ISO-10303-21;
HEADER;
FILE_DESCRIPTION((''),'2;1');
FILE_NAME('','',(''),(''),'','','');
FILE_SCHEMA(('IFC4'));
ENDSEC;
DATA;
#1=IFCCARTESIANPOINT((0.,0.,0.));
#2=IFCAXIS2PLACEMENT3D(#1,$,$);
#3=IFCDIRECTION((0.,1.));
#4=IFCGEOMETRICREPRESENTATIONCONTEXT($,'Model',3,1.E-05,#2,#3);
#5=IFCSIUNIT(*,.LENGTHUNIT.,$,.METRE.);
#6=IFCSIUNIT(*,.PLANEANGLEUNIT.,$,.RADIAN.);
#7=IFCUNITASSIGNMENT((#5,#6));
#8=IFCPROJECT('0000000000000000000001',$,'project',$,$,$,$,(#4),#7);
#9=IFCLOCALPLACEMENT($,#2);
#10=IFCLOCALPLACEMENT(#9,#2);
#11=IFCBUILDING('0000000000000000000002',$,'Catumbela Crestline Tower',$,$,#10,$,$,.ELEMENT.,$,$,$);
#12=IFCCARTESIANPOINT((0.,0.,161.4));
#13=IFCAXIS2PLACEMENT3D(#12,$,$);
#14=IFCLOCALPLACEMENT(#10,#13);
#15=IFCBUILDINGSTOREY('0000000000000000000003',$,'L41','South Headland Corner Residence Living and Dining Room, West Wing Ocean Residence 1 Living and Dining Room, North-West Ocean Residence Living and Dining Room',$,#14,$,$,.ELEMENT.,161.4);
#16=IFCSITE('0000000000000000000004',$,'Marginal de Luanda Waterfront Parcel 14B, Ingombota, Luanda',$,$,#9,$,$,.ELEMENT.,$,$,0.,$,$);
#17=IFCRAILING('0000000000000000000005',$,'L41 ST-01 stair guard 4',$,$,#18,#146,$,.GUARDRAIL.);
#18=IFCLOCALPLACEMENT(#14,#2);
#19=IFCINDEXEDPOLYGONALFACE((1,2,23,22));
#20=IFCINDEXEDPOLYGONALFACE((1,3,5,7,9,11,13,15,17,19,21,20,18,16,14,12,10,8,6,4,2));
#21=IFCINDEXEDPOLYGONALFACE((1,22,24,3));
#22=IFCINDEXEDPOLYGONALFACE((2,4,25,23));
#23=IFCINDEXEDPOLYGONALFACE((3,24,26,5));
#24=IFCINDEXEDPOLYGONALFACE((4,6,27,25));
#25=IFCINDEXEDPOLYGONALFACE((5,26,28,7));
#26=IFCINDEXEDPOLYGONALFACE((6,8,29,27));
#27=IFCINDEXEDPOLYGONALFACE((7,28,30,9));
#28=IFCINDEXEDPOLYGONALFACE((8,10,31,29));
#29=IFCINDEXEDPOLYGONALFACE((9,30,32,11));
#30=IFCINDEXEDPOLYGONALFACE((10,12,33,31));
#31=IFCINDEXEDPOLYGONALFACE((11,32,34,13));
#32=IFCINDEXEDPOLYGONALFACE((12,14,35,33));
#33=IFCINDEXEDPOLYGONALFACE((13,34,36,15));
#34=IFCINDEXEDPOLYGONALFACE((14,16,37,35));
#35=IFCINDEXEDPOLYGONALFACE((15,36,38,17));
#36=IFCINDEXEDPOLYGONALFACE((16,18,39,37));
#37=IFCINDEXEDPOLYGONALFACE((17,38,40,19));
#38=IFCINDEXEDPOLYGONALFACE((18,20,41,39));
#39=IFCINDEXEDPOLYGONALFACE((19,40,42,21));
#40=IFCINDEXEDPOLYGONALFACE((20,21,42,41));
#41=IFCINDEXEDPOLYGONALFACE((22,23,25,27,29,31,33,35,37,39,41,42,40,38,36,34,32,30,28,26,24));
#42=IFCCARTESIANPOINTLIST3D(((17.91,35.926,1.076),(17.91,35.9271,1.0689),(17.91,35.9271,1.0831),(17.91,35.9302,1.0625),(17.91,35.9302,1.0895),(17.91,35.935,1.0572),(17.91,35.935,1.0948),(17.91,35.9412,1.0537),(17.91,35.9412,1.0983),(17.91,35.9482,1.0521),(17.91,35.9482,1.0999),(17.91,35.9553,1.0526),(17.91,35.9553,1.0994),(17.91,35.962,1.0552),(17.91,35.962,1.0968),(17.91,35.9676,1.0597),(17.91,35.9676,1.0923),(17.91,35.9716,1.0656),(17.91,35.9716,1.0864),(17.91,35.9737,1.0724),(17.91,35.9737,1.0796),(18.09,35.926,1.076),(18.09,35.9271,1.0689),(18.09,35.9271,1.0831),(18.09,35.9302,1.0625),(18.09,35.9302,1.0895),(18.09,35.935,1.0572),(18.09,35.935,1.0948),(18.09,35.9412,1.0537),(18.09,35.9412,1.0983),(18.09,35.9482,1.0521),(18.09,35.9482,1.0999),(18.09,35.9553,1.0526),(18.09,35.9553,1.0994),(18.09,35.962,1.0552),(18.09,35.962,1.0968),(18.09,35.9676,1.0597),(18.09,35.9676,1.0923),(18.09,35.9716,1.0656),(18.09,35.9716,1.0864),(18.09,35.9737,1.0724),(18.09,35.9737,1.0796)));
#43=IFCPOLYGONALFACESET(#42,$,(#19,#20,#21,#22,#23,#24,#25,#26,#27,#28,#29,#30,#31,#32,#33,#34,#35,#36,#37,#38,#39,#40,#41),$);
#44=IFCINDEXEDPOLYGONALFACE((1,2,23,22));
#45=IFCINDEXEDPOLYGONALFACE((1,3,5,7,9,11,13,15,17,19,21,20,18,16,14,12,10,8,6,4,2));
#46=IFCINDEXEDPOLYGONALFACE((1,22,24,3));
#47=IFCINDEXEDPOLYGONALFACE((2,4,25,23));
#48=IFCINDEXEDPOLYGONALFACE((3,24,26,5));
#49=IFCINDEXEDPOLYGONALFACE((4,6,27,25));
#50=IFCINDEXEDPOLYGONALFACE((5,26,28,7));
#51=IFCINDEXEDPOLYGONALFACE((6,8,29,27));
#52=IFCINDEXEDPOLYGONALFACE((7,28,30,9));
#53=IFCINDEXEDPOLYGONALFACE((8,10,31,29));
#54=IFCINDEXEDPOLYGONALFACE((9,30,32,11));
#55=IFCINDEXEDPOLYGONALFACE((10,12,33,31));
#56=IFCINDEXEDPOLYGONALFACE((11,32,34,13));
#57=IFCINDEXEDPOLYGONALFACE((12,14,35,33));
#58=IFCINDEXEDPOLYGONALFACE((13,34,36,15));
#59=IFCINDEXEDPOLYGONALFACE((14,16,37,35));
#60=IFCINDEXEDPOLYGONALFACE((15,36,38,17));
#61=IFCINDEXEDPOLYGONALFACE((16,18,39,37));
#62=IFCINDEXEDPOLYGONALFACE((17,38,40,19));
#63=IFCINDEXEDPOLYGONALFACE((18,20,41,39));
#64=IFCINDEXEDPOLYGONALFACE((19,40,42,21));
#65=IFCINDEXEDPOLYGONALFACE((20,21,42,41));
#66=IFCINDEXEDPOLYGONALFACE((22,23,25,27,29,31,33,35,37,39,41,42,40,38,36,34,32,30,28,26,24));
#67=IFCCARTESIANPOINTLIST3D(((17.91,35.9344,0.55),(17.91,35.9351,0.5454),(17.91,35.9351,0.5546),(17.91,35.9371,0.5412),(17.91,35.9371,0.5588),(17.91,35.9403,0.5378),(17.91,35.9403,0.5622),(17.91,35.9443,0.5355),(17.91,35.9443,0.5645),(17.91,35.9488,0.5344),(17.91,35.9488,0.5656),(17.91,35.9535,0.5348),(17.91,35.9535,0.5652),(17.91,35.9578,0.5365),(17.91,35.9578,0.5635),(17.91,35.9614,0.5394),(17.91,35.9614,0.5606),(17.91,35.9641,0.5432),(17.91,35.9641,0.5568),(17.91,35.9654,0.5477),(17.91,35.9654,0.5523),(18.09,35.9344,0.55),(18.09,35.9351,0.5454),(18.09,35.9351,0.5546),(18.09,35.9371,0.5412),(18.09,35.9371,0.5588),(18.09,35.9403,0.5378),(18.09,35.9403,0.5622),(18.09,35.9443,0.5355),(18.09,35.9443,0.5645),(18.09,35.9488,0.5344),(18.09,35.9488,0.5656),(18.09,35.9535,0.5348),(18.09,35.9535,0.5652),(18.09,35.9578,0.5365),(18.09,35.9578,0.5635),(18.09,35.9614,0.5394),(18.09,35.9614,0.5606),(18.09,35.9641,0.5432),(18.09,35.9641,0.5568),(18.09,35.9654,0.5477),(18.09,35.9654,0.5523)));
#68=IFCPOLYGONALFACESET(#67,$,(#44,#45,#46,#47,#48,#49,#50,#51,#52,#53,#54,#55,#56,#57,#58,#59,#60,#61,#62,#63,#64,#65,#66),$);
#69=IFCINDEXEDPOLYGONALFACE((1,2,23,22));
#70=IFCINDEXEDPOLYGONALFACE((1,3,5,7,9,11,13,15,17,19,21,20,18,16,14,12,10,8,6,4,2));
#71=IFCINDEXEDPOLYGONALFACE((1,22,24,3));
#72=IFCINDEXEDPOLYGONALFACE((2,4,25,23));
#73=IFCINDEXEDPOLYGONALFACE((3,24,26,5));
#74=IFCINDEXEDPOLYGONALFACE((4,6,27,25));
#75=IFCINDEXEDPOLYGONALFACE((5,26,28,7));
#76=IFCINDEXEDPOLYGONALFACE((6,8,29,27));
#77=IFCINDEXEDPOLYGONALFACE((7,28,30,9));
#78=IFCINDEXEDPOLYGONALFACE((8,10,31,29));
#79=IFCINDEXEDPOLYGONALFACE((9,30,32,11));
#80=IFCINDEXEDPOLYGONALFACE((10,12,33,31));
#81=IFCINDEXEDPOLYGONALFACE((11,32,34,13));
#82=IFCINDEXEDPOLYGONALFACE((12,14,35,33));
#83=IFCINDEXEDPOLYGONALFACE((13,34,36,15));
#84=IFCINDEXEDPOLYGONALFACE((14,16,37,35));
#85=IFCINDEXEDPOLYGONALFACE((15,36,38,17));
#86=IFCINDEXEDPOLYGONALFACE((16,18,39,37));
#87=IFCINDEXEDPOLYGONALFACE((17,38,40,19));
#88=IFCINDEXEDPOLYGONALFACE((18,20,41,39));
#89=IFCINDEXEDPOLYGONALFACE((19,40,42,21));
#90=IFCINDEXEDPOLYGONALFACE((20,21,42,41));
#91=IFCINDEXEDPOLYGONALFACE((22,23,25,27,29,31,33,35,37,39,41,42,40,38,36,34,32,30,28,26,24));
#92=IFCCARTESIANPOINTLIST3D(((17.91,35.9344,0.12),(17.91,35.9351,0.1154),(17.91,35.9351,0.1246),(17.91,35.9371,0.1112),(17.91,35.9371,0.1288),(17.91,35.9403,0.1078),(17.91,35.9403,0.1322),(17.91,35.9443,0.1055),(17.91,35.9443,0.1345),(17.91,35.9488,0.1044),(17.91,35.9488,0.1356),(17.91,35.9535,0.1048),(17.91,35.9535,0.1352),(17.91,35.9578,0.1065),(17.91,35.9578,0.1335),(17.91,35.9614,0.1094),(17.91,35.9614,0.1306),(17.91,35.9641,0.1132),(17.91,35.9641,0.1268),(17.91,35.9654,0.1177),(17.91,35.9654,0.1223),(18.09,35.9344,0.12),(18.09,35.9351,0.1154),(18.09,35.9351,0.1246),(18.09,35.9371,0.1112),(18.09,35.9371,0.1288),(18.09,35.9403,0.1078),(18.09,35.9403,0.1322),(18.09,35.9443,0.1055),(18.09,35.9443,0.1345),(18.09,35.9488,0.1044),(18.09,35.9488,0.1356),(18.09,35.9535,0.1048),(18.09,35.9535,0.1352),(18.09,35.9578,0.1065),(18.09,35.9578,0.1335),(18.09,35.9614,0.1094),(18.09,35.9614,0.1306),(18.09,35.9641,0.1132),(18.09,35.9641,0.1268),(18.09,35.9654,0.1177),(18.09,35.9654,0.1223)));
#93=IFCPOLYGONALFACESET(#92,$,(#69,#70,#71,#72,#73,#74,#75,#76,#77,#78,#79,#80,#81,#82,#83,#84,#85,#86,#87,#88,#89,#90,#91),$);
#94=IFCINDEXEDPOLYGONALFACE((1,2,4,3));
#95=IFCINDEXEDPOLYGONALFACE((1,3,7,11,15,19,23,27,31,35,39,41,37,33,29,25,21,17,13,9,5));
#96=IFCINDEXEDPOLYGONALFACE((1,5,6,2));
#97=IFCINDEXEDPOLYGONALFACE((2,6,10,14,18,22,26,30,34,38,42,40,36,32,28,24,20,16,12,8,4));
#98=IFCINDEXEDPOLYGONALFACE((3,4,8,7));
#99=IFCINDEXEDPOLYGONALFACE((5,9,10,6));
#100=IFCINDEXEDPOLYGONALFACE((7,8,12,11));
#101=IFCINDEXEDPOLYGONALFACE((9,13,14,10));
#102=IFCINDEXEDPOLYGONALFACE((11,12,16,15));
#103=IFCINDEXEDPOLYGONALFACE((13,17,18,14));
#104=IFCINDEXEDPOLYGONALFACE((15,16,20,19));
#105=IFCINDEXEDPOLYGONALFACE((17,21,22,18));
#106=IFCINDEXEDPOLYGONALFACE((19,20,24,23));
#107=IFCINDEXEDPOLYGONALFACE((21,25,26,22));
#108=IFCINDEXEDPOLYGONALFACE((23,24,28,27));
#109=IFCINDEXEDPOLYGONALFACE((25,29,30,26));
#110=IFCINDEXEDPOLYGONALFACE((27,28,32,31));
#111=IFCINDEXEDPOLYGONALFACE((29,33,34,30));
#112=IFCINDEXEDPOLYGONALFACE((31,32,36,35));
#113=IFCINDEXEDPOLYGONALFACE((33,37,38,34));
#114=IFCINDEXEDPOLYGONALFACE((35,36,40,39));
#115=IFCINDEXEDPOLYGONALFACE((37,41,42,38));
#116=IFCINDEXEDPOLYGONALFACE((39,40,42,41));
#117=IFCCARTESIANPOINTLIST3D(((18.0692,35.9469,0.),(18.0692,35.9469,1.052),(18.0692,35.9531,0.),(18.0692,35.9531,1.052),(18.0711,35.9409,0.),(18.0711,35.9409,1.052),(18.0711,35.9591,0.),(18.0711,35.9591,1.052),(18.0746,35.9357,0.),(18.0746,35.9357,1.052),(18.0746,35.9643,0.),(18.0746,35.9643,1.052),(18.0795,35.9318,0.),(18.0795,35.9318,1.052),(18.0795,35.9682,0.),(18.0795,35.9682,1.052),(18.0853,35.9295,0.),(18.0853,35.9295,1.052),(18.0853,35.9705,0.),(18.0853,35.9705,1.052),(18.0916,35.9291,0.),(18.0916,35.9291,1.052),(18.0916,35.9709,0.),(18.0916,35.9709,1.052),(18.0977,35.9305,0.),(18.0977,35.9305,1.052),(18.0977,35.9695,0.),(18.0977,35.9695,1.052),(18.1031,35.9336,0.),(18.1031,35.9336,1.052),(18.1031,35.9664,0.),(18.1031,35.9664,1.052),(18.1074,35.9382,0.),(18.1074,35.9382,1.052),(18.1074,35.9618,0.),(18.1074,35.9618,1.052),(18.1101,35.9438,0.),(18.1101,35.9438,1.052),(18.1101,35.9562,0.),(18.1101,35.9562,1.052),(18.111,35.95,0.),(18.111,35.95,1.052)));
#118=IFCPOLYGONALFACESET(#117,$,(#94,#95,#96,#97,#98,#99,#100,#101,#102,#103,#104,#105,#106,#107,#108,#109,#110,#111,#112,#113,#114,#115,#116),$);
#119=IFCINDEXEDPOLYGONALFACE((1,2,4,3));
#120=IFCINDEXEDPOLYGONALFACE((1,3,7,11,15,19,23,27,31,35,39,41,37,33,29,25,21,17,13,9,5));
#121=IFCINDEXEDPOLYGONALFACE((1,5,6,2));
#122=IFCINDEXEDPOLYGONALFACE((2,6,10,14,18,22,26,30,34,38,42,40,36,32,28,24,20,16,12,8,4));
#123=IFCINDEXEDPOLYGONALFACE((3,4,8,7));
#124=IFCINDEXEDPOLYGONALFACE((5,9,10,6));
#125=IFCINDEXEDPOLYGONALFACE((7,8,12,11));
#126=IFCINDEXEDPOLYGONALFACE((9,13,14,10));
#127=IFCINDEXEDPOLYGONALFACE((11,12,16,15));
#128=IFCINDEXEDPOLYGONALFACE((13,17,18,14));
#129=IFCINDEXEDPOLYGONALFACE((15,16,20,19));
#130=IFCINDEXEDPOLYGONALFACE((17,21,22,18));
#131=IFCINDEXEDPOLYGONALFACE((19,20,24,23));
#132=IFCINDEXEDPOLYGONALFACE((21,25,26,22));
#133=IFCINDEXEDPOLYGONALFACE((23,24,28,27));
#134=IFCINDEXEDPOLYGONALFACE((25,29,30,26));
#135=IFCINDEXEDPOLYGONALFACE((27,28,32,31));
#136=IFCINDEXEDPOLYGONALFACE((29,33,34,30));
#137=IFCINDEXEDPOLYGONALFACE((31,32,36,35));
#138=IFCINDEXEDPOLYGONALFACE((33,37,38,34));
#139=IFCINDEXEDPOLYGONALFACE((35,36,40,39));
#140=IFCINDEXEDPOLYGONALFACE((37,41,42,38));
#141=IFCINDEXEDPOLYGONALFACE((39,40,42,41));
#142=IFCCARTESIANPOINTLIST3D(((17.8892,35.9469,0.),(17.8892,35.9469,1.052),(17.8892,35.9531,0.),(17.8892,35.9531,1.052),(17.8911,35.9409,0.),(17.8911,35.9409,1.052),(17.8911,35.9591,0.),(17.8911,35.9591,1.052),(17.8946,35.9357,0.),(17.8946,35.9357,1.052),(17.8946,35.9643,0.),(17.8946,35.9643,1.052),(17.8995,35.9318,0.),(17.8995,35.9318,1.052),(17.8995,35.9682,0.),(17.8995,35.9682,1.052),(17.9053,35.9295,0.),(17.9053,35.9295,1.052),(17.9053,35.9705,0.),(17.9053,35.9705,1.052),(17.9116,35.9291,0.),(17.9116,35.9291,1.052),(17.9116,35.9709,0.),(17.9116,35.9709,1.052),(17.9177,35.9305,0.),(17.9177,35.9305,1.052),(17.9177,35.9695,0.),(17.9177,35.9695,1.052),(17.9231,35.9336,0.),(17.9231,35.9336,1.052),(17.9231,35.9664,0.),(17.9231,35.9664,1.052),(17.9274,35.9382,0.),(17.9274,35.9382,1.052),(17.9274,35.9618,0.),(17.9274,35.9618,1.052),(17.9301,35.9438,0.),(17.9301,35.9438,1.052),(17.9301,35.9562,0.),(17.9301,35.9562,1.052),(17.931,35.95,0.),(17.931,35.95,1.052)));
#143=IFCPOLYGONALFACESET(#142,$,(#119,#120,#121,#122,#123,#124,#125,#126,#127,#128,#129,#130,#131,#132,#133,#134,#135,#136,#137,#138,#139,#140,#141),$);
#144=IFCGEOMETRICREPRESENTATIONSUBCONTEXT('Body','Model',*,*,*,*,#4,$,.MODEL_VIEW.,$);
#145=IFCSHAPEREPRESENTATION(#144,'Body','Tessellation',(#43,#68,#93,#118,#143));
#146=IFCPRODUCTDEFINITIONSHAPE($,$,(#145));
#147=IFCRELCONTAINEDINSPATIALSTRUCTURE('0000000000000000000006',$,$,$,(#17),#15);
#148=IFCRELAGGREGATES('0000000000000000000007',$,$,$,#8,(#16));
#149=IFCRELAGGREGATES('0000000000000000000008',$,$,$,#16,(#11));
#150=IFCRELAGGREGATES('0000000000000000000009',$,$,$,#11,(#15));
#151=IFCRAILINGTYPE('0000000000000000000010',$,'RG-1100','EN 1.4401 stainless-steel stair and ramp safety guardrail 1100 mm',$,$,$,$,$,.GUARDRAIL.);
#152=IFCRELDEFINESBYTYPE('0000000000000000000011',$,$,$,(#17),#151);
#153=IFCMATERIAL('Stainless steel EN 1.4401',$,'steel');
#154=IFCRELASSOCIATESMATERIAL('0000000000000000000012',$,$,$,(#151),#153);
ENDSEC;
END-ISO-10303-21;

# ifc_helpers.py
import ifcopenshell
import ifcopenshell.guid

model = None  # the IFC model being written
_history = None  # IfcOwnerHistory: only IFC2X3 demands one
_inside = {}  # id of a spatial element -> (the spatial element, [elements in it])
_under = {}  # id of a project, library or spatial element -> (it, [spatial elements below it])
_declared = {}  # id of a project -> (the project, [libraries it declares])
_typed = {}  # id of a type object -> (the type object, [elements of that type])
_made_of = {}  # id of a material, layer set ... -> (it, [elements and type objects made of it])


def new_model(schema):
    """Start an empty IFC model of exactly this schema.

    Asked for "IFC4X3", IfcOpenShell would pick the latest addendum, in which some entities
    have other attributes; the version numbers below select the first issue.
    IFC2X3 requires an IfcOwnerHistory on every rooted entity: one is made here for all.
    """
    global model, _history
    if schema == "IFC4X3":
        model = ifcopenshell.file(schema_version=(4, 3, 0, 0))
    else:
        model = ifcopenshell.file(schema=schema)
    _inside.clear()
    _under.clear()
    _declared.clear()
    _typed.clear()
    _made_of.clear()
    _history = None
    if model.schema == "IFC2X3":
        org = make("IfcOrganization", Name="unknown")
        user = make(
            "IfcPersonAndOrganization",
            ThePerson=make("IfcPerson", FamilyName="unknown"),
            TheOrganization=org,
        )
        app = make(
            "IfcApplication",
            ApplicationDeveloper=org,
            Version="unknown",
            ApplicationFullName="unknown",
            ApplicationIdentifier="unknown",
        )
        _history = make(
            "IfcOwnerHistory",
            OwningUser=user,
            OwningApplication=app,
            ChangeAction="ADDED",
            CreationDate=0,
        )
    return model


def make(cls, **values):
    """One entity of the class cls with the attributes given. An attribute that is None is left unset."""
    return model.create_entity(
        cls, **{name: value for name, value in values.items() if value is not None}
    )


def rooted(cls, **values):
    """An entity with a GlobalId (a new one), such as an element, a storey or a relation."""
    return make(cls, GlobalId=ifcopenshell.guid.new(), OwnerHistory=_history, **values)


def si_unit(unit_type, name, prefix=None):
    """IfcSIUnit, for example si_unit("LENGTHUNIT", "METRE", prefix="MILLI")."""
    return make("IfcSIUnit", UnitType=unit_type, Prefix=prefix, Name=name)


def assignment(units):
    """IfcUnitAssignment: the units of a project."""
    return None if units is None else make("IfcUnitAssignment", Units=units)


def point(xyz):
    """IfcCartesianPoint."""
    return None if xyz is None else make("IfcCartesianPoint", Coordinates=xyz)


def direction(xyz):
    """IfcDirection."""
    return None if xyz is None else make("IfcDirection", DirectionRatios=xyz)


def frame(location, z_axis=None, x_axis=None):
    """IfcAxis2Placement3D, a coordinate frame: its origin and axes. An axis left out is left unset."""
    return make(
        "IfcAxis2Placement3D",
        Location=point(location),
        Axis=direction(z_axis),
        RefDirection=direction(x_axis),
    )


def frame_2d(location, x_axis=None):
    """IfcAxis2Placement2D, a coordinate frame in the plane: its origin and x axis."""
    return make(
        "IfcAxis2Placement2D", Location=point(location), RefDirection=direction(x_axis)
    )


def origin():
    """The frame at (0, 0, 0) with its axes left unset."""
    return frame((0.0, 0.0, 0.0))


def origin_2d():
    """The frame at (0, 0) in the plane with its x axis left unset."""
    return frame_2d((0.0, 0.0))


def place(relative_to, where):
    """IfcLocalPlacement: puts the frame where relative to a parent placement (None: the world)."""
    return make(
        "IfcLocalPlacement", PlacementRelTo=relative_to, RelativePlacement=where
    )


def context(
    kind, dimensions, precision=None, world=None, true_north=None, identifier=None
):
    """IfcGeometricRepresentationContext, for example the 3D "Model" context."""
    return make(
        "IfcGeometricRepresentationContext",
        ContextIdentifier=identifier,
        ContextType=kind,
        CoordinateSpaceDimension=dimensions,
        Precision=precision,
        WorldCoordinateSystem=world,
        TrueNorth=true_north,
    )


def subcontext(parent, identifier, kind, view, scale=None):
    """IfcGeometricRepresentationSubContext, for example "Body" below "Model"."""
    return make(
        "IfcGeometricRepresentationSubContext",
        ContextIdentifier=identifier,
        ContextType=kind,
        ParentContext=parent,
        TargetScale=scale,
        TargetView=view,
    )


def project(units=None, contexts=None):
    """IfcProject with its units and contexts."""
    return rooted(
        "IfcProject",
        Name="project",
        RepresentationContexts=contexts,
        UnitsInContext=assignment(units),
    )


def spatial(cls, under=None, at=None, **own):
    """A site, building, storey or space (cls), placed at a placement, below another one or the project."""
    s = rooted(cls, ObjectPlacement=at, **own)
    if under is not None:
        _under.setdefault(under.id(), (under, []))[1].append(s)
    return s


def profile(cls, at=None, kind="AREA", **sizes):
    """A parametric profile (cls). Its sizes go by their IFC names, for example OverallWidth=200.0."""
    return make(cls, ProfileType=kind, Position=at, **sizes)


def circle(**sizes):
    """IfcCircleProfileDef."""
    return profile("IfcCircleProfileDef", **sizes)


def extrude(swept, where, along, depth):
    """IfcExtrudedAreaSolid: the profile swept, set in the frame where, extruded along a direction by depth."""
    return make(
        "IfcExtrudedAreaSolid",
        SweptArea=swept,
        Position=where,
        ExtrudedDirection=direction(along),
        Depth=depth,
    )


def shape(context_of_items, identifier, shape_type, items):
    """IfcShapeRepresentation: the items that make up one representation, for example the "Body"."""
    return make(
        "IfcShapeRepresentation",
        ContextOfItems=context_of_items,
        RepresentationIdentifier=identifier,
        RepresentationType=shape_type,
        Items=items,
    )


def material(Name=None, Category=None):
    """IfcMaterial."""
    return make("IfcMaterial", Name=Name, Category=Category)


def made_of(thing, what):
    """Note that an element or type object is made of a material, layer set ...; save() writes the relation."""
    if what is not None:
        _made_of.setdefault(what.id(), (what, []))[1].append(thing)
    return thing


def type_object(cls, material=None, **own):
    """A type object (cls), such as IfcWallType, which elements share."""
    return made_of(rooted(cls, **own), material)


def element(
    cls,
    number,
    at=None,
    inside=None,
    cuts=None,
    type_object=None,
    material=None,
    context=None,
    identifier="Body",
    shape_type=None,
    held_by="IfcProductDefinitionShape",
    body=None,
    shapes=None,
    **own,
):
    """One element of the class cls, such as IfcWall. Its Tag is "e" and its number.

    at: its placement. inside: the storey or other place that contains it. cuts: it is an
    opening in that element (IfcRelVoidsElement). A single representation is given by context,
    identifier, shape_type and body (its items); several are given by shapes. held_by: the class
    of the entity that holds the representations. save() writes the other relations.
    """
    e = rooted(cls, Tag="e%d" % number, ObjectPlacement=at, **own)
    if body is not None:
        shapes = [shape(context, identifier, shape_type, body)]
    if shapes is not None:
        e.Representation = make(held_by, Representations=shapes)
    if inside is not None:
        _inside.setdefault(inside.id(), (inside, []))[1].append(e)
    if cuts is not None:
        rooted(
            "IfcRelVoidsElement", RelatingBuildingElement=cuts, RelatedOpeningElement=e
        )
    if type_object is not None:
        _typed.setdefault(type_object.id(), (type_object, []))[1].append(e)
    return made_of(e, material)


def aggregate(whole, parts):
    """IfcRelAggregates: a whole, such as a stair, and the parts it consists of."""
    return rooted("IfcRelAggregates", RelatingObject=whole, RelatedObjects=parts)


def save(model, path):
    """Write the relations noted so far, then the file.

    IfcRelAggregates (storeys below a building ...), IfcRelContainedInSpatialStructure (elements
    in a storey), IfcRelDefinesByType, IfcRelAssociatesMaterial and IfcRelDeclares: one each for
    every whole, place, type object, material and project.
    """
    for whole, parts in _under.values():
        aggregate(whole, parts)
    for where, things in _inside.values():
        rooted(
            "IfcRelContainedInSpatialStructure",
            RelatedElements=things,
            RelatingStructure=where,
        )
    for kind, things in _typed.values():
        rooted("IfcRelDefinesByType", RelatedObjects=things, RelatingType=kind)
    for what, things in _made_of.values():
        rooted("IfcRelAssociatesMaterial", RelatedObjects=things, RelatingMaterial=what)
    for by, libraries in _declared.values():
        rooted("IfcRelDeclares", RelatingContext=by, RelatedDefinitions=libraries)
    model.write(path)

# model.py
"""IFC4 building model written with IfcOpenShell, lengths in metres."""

from ifc_helpers import new_model, si_unit, direction, frame, origin, origin_2d, place, context, subcontext, project, spatial, circle, extrude, material, type_object, element, save


model = new_model("IFC4")

# Units and contexts
model_context = context("Model", 3, precision=1e-05, world=origin(), true_north=direction((0.0, 1.0)))
body_context = subcontext(model_context, "Body", "Model", "MODEL_VIEW")
ifc_project = project(units=[si_unit("LENGTHUNIT", "METRE"), si_unit("PLANEANGLEUNIT", "RADIAN")], contexts=[model_context])

# Site, building, storey
site_placement = place(None, origin())
site = spatial("IfcSite", under=ifc_project, at=site_placement, Name="Marginal de Luanda Waterfront Parcel 14B, Ingombota, Luanda", CompositionType="ELEMENT", RefElevation=0.0)
building_placement = place(site_placement, origin())
building = spatial("IfcBuilding", under=site, at=building_placement, Name="Catumbela Crestline Tower", CompositionType="ELEMENT")
storey_placement = place(building_placement, frame((0.0, 0.0, 161.4)))
storey = spatial("IfcBuildingStorey", under=building, at=storey_placement, Name="L41", Description="South Headland Corner Residence Living and Dining Room, West Wing Ocean Residence 1 Living and Dining Room, North-West Ocean Residence Living and Dining Room", CompositionType="ELEMENT", Elevation=161.4)

# Shared definitions
ifc_material_1 = material(Name="Stainless steel EN 1.4401", Category="steel")

# Railing
railing_type_1 = type_object("IfcRailingType", Name="RG-1100", Description="EN 1.4401 stainless-steel stair and ramp safety guardrail 1100 mm", PredefinedType="GUARDRAIL", material=ifc_material_1)
railing_1_placement = place(storey_placement, frame((18.09, 35.95, 0.0)))
element("IfcRailing", 1, at=railing_1_placement, inside=storey, type_object=railing_type_1, Name="L41 ST-01 stair guard 4", PredefinedType="GUARDRAIL", context=body_context, shape_type="SweptSolid", body=[
    extrude(circle(Radius=0.024, at=origin_2d()), frame((0.0, 0.0, 1.076), z_axis=(-1.0, 0.0, 0.0), x_axis=(0.0, -1.0, 0.0)), (0.0, 0.0, 1.0), 0.18),
    extrude(circle(Radius=0.0156, at=origin_2d()), frame((0.0, 0.0, 0.55), z_axis=(-1.0, 0.0, 0.0), x_axis=(0.0, -1.0, 0.0)), (0.0, 0.0, 1.0), 0.18),
    extrude(circle(Radius=0.0156, at=origin_2d()), frame((0.0, 0.0, 0.12), z_axis=(-1.0, 0.0, 0.0), x_axis=(0.0, -1.0, 0.0)), (0.0, 0.0, 1.0), 0.18),
    extrude(circle(Radius=0.021, at=origin_2d()), origin(), (0.0, 0.0, 1.0), 1.052),
    extrude(circle(Radius=0.021, at=origin_2d()), frame((-0.18, 0.0, 0.0)), (0.0, 0.0, 1.0), 1.052),
])

save(model, "model.ifc")
